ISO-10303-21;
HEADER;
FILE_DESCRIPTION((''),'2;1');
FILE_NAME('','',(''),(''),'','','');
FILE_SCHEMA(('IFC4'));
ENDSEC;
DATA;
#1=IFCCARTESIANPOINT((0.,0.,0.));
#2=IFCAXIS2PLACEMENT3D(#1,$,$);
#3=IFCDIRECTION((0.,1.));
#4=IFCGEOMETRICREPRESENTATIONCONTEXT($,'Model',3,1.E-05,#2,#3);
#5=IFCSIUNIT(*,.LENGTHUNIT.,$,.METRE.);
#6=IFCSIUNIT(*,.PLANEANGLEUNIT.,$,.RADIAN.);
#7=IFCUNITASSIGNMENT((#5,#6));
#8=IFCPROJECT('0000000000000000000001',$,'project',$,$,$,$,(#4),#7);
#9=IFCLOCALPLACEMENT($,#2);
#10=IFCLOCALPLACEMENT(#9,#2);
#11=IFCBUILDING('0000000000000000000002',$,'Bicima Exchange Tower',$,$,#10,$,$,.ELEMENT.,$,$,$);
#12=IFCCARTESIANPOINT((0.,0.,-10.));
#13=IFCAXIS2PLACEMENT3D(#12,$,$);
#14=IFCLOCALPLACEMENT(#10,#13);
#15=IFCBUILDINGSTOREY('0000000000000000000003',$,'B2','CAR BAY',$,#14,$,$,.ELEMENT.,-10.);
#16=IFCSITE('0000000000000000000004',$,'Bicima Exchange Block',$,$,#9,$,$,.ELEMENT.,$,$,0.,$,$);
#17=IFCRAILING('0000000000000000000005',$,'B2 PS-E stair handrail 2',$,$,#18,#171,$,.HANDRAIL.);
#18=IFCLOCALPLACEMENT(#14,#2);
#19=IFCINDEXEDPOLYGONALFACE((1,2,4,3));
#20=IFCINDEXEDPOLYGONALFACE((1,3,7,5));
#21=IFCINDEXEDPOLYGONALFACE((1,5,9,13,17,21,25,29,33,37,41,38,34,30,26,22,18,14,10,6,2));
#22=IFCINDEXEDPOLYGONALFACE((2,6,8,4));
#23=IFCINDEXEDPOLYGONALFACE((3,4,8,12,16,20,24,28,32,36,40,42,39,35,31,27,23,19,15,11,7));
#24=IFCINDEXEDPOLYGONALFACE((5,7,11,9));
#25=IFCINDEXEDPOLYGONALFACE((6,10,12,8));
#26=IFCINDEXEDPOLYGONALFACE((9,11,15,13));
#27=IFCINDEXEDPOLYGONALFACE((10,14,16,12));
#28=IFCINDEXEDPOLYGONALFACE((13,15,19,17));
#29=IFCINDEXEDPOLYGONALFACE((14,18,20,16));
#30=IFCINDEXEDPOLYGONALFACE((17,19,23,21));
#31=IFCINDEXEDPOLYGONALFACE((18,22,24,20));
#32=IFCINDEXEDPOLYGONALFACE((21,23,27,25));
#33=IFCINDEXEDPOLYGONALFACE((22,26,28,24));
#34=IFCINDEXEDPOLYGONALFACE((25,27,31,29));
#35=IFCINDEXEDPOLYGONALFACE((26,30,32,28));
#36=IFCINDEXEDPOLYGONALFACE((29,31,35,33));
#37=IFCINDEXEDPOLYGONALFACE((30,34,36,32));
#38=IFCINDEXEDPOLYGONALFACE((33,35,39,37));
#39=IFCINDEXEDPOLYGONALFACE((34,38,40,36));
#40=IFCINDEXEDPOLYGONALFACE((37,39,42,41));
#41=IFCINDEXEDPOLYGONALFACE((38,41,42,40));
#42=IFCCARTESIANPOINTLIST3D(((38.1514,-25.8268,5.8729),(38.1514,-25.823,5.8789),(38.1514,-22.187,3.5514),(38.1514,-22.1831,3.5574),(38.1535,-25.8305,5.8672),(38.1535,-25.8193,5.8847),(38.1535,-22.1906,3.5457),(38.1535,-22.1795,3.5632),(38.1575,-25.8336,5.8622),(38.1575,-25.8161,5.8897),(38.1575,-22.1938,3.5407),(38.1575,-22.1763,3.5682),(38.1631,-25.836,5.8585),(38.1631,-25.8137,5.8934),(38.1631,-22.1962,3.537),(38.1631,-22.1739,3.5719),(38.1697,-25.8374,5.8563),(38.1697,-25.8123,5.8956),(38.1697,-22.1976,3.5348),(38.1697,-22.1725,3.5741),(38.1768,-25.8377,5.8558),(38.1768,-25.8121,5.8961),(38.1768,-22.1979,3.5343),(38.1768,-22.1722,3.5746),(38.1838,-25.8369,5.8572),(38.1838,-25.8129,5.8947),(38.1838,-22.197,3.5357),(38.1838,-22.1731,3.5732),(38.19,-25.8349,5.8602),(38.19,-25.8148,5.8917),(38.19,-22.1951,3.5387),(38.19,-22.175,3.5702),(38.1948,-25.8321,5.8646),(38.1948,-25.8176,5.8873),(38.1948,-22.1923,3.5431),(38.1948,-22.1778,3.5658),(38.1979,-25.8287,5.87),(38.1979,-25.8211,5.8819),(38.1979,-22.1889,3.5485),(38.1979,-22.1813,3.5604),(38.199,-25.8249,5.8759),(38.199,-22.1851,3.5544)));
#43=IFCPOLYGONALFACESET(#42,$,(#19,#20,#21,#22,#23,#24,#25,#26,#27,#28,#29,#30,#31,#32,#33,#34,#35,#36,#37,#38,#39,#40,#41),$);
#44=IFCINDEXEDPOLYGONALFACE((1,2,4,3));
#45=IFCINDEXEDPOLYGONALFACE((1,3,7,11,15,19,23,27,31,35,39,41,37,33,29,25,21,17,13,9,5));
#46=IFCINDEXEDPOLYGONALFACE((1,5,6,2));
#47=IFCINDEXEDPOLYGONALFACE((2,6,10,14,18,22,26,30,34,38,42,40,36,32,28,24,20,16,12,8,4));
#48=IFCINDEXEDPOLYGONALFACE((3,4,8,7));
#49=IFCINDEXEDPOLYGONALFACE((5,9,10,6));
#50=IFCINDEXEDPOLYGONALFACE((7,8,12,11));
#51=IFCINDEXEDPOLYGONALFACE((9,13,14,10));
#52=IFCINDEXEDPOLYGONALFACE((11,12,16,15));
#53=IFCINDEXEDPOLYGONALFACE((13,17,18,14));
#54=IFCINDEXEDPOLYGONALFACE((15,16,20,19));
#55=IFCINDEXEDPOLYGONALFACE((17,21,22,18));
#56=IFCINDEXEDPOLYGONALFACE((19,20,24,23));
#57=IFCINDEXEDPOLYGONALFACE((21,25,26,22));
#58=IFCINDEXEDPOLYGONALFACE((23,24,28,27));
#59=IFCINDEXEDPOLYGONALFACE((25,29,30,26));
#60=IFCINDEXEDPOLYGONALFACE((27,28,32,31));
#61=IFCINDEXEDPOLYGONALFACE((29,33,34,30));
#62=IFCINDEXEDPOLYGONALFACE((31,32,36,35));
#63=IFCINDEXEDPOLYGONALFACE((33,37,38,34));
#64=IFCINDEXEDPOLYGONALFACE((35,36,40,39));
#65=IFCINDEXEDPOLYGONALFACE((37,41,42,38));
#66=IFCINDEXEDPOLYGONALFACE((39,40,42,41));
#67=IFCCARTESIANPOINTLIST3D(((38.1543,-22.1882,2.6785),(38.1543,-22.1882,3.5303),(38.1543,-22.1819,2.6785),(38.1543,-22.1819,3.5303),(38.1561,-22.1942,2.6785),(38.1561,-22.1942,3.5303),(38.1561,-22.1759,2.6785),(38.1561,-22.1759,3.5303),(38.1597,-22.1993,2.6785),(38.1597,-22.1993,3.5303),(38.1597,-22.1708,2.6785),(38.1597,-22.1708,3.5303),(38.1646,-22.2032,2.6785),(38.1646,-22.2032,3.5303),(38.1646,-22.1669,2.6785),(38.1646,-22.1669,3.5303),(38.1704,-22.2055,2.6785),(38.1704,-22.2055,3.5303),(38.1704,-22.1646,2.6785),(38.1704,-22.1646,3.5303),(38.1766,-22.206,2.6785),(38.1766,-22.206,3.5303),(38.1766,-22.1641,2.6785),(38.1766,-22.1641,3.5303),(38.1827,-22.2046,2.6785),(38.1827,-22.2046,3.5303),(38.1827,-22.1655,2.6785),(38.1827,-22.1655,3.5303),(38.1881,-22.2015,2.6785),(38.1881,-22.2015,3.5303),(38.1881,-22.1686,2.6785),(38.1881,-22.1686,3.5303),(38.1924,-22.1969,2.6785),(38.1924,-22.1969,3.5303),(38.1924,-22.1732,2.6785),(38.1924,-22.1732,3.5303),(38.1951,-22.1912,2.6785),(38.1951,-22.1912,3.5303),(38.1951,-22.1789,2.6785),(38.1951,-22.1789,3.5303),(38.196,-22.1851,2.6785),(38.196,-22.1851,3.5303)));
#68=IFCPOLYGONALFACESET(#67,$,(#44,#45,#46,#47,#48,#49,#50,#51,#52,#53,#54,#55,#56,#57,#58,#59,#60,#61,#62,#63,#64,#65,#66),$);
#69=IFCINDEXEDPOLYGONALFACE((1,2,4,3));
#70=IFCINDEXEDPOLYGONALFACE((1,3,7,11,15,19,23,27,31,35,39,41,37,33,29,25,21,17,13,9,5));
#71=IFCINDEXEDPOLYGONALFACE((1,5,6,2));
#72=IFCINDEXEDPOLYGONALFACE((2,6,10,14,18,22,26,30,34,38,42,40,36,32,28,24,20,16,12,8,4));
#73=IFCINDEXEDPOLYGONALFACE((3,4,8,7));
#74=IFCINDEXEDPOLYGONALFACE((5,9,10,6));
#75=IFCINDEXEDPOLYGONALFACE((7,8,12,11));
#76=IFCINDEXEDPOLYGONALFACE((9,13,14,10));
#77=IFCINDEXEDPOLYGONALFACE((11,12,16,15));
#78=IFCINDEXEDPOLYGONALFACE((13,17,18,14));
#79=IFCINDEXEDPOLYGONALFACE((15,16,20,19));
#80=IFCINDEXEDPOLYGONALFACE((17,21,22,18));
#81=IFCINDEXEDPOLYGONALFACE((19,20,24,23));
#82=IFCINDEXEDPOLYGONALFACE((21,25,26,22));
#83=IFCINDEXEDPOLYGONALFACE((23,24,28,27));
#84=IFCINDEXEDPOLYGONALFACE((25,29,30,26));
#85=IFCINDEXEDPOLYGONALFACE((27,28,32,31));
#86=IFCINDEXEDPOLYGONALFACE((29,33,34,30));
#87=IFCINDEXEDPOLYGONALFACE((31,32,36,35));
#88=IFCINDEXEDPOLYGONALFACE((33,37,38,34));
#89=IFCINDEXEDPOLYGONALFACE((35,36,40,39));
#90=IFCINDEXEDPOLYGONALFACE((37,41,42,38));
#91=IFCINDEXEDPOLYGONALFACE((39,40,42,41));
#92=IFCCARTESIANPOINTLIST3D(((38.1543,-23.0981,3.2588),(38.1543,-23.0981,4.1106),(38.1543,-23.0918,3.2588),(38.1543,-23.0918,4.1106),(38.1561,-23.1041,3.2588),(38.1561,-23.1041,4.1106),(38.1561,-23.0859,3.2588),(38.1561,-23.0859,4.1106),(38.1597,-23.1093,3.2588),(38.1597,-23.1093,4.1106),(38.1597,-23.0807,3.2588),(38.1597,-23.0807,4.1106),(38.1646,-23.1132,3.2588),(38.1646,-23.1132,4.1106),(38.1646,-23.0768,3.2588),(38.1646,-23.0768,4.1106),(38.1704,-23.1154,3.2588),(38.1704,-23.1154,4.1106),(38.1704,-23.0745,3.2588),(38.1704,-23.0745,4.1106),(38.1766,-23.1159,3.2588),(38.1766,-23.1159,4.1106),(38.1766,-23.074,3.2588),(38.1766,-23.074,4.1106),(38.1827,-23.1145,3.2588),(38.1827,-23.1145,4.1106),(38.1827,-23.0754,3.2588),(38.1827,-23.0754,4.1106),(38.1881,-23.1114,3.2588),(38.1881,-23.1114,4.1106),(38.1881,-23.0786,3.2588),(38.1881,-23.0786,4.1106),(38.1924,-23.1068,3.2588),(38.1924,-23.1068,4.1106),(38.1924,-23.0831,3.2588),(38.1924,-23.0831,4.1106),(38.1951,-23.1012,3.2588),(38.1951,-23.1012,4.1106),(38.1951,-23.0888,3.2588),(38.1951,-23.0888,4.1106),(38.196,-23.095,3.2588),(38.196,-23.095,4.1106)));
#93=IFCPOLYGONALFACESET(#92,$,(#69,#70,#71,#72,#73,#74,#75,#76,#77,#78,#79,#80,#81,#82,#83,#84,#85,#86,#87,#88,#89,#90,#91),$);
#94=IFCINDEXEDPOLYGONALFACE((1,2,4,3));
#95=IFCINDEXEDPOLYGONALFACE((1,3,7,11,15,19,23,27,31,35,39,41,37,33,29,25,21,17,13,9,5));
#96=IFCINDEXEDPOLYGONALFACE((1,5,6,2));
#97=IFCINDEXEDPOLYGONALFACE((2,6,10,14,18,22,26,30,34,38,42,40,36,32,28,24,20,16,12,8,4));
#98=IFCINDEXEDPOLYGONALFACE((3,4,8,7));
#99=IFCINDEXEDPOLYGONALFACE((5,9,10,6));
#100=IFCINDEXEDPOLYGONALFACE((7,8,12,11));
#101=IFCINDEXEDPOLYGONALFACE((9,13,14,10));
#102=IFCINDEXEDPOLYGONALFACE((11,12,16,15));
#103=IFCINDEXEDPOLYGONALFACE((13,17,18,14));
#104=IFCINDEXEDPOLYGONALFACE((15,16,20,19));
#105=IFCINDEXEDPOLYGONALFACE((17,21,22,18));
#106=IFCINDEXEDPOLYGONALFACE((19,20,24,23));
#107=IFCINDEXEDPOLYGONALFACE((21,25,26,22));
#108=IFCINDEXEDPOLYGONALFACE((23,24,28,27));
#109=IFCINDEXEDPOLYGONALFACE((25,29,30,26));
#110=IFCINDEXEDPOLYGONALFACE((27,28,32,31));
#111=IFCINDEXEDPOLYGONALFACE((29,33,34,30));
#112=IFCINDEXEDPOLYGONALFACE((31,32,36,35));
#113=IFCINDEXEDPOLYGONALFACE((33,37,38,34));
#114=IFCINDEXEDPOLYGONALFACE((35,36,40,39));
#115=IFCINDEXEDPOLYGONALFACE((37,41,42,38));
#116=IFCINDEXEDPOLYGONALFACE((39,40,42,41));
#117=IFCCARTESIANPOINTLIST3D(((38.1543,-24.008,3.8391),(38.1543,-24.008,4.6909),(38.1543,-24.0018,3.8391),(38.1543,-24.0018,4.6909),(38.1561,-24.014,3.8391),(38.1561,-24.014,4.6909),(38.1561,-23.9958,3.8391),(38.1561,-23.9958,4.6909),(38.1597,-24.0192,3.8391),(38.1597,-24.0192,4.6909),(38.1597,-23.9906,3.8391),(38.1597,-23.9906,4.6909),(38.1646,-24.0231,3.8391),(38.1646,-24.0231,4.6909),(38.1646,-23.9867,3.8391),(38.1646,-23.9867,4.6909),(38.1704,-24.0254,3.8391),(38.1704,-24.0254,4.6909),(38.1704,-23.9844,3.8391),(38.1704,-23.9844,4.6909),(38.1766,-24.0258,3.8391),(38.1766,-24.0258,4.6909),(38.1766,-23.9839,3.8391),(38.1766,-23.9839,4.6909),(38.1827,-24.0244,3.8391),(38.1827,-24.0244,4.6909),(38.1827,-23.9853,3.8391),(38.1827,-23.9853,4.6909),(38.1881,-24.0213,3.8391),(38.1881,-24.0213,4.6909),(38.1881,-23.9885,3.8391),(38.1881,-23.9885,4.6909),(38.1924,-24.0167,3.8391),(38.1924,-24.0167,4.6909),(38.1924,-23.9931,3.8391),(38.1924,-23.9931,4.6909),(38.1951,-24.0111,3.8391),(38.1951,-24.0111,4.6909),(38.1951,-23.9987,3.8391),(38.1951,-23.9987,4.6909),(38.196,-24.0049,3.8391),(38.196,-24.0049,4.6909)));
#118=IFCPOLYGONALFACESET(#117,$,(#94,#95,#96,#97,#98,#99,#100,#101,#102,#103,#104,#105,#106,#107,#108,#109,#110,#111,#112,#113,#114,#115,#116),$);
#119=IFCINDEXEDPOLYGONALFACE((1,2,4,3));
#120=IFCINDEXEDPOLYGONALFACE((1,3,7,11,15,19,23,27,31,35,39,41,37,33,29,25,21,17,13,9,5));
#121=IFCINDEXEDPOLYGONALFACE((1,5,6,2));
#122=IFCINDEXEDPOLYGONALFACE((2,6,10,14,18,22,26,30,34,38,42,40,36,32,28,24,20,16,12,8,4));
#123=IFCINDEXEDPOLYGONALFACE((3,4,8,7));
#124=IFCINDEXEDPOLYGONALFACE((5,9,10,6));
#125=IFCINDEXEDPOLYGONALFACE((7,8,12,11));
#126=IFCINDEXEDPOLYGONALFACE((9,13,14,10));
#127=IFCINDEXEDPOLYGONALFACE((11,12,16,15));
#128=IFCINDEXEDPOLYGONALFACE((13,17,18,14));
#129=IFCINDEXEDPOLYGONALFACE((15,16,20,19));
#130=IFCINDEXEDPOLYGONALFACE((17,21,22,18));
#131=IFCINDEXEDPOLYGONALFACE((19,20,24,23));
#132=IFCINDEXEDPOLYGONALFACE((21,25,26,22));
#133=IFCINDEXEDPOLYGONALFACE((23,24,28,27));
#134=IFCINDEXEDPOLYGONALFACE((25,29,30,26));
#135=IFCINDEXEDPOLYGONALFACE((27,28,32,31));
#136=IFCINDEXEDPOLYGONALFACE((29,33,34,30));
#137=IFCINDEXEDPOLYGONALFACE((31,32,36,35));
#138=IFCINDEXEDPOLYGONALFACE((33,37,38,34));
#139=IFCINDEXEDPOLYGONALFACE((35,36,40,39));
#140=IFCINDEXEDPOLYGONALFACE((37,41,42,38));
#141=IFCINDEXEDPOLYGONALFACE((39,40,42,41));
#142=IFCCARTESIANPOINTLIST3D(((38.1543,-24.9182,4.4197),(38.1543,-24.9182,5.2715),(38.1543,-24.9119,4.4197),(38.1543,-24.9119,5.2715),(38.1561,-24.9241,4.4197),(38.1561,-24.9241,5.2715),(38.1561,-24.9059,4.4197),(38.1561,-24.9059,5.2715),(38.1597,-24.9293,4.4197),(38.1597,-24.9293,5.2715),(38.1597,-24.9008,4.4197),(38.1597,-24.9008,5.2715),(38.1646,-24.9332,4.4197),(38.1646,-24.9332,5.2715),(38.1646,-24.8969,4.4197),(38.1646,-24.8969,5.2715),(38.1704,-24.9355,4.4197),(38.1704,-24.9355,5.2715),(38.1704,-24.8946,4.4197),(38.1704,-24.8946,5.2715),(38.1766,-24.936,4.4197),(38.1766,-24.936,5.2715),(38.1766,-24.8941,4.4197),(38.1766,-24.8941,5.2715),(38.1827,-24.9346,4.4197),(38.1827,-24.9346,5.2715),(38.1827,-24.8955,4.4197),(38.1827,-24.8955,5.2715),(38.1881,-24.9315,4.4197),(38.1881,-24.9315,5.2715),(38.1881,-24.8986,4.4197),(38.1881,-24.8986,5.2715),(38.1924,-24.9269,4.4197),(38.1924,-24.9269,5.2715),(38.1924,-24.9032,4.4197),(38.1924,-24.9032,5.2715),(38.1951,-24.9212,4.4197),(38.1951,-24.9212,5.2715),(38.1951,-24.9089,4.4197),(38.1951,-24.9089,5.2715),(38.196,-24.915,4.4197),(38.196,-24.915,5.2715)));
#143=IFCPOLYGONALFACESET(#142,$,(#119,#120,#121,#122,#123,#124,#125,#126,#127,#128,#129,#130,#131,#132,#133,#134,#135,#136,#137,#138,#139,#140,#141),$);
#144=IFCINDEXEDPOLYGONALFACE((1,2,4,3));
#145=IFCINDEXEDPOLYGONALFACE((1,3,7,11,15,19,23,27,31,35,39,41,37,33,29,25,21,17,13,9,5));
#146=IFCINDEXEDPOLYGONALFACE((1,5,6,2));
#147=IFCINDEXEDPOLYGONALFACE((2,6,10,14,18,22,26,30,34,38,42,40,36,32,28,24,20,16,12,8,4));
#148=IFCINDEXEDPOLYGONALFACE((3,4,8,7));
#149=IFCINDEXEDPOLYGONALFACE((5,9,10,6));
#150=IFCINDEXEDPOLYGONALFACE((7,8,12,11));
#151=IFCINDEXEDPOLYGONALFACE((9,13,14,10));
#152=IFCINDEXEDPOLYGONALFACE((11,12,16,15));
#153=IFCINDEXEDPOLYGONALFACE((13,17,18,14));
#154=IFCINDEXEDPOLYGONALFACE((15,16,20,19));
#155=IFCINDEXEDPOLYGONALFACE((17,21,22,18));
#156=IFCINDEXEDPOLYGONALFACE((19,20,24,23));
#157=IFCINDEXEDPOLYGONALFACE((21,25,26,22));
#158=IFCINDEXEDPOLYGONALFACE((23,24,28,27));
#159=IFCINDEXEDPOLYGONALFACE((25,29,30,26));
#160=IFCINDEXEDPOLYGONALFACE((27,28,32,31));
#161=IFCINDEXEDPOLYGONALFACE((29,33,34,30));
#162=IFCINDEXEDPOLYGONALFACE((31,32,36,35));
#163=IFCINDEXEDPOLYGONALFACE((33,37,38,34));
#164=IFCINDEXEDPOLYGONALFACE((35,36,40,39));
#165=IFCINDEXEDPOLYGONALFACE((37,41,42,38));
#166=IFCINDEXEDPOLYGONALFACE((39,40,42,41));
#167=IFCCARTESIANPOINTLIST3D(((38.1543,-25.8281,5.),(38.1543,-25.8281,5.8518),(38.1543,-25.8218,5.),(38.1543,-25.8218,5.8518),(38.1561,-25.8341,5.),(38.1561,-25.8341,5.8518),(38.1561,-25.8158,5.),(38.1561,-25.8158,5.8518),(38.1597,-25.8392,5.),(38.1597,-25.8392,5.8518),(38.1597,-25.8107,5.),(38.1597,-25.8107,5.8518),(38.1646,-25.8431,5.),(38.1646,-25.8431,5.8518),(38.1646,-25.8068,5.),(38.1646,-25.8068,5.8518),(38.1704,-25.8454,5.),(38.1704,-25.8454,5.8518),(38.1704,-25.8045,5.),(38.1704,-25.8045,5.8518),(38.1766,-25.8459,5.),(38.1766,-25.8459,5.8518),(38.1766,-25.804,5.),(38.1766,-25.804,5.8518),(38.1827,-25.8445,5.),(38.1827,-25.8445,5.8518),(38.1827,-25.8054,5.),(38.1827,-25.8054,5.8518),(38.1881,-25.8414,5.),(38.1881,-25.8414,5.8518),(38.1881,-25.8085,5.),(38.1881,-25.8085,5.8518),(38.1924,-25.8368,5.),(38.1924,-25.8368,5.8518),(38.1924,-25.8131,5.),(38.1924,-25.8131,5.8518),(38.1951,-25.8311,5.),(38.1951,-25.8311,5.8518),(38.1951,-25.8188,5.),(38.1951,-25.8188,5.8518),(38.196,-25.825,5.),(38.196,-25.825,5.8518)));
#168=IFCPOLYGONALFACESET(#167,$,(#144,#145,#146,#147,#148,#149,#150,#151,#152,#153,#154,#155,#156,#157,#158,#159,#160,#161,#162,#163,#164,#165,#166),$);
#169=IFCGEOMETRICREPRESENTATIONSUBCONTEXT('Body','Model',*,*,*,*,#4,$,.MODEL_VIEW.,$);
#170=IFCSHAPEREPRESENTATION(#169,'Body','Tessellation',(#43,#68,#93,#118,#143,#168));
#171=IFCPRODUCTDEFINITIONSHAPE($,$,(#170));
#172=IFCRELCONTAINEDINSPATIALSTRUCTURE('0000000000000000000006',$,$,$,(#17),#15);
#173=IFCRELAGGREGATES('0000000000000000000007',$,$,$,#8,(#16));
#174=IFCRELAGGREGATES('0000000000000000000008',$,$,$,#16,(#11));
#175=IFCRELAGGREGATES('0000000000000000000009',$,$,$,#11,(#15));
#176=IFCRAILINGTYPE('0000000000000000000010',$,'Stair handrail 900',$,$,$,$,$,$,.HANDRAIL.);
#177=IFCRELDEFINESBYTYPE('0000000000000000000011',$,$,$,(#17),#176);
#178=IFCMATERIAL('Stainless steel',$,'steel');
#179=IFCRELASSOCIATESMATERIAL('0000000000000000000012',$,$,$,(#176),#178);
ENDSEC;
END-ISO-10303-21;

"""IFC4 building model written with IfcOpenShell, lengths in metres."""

from ifc_helpers import new_model, si_unit, direction, frame, origin, origin_2d, place, context, subcontext, project, spatial, circle, extrude, material, type_object, element, save


model = new_model("IFC4")

# Units and contexts
model_context = context("Model", 3, precision=1e-05, world=origin(), true_north=direction((0.0, 1.0)))
body_context = subcontext(model_context, "Body", "Model", "MODEL_VIEW")
ifc_project = project(units=[si_unit("LENGTHUNIT", "METRE"), si_unit("PLANEANGLEUNIT", "RADIAN")], contexts=[model_context])

# Site, building, storey
site_placement = place(None, origin())
site = spatial("IfcSite", under=ifc_project, at=site_placement, Name="Bicima Exchange Block", CompositionType="ELEMENT", RefElevation=0.0)
building_placement = place(site_placement, origin())
building = spatial("IfcBuilding", under=site, at=building_placement, Name="Bicima Exchange Tower", CompositionType="ELEMENT")
storey_placement = place(building_placement, frame((0.0, 0.0, -10.0)))
storey = spatial("IfcBuildingStorey", under=building, at=storey_placement, Name="B2", Description="CAR BAY", CompositionType="ELEMENT", Elevation=-10.0)

# Railing
ifc_material_1 = material(Name="Stainless steel", Category="steel")
railing_type_1 = type_object("IfcRailingType", Name="Stair handrail 900", PredefinedType="HANDRAIL", material=ifc_material_1)
railing_1_placement = place(storey_placement, frame((38.175, -22.1851, 2.6785)))
element("IfcRailing", 1, at=railing_1_placement, inside=storey, type_object=railing_type_1, Name="B2 PS-E stair handrail 2", PredefinedType="HANDRAIL", context=body_context, shape_type="SweptSolid", body=[
    extrude(circle(Radius=0.0239, at=origin_2d()), frame((0.0, 0.0, 0.876), z_axis=(0.0, -0.843112, 0.537739), x_axis=(1.0, 0.0, 0.0)), (0.0, 0.0, 1.0), 4.3171),
    extrude(circle(Radius=0.021, at=origin_2d()), origin(), (0.0, 0.0, 1.0), 0.8518),
    extrude(circle(Radius=0.021, at=origin_2d()), frame((0.0, -0.9099, 0.5803)), (0.0, 0.0, 1.0), 0.8518),
    extrude(circle(Radius=0.021, at=origin_2d()), frame((0.0, -1.8198, 1.1606)), (0.0, 0.0, 1.0), 0.8518),
    extrude(circle(Radius=0.021, at=origin_2d()), frame((0.0, -2.73, 1.7412)), (0.0, 0.0, 1.0), 0.8518),
    extrude(circle(Radius=0.021, at=origin_2d()), frame((0.0, -3.6399, 2.3215)), (0.0, 0.0, 1.0), 0.8518),
])

save(model, "model.ifc")
